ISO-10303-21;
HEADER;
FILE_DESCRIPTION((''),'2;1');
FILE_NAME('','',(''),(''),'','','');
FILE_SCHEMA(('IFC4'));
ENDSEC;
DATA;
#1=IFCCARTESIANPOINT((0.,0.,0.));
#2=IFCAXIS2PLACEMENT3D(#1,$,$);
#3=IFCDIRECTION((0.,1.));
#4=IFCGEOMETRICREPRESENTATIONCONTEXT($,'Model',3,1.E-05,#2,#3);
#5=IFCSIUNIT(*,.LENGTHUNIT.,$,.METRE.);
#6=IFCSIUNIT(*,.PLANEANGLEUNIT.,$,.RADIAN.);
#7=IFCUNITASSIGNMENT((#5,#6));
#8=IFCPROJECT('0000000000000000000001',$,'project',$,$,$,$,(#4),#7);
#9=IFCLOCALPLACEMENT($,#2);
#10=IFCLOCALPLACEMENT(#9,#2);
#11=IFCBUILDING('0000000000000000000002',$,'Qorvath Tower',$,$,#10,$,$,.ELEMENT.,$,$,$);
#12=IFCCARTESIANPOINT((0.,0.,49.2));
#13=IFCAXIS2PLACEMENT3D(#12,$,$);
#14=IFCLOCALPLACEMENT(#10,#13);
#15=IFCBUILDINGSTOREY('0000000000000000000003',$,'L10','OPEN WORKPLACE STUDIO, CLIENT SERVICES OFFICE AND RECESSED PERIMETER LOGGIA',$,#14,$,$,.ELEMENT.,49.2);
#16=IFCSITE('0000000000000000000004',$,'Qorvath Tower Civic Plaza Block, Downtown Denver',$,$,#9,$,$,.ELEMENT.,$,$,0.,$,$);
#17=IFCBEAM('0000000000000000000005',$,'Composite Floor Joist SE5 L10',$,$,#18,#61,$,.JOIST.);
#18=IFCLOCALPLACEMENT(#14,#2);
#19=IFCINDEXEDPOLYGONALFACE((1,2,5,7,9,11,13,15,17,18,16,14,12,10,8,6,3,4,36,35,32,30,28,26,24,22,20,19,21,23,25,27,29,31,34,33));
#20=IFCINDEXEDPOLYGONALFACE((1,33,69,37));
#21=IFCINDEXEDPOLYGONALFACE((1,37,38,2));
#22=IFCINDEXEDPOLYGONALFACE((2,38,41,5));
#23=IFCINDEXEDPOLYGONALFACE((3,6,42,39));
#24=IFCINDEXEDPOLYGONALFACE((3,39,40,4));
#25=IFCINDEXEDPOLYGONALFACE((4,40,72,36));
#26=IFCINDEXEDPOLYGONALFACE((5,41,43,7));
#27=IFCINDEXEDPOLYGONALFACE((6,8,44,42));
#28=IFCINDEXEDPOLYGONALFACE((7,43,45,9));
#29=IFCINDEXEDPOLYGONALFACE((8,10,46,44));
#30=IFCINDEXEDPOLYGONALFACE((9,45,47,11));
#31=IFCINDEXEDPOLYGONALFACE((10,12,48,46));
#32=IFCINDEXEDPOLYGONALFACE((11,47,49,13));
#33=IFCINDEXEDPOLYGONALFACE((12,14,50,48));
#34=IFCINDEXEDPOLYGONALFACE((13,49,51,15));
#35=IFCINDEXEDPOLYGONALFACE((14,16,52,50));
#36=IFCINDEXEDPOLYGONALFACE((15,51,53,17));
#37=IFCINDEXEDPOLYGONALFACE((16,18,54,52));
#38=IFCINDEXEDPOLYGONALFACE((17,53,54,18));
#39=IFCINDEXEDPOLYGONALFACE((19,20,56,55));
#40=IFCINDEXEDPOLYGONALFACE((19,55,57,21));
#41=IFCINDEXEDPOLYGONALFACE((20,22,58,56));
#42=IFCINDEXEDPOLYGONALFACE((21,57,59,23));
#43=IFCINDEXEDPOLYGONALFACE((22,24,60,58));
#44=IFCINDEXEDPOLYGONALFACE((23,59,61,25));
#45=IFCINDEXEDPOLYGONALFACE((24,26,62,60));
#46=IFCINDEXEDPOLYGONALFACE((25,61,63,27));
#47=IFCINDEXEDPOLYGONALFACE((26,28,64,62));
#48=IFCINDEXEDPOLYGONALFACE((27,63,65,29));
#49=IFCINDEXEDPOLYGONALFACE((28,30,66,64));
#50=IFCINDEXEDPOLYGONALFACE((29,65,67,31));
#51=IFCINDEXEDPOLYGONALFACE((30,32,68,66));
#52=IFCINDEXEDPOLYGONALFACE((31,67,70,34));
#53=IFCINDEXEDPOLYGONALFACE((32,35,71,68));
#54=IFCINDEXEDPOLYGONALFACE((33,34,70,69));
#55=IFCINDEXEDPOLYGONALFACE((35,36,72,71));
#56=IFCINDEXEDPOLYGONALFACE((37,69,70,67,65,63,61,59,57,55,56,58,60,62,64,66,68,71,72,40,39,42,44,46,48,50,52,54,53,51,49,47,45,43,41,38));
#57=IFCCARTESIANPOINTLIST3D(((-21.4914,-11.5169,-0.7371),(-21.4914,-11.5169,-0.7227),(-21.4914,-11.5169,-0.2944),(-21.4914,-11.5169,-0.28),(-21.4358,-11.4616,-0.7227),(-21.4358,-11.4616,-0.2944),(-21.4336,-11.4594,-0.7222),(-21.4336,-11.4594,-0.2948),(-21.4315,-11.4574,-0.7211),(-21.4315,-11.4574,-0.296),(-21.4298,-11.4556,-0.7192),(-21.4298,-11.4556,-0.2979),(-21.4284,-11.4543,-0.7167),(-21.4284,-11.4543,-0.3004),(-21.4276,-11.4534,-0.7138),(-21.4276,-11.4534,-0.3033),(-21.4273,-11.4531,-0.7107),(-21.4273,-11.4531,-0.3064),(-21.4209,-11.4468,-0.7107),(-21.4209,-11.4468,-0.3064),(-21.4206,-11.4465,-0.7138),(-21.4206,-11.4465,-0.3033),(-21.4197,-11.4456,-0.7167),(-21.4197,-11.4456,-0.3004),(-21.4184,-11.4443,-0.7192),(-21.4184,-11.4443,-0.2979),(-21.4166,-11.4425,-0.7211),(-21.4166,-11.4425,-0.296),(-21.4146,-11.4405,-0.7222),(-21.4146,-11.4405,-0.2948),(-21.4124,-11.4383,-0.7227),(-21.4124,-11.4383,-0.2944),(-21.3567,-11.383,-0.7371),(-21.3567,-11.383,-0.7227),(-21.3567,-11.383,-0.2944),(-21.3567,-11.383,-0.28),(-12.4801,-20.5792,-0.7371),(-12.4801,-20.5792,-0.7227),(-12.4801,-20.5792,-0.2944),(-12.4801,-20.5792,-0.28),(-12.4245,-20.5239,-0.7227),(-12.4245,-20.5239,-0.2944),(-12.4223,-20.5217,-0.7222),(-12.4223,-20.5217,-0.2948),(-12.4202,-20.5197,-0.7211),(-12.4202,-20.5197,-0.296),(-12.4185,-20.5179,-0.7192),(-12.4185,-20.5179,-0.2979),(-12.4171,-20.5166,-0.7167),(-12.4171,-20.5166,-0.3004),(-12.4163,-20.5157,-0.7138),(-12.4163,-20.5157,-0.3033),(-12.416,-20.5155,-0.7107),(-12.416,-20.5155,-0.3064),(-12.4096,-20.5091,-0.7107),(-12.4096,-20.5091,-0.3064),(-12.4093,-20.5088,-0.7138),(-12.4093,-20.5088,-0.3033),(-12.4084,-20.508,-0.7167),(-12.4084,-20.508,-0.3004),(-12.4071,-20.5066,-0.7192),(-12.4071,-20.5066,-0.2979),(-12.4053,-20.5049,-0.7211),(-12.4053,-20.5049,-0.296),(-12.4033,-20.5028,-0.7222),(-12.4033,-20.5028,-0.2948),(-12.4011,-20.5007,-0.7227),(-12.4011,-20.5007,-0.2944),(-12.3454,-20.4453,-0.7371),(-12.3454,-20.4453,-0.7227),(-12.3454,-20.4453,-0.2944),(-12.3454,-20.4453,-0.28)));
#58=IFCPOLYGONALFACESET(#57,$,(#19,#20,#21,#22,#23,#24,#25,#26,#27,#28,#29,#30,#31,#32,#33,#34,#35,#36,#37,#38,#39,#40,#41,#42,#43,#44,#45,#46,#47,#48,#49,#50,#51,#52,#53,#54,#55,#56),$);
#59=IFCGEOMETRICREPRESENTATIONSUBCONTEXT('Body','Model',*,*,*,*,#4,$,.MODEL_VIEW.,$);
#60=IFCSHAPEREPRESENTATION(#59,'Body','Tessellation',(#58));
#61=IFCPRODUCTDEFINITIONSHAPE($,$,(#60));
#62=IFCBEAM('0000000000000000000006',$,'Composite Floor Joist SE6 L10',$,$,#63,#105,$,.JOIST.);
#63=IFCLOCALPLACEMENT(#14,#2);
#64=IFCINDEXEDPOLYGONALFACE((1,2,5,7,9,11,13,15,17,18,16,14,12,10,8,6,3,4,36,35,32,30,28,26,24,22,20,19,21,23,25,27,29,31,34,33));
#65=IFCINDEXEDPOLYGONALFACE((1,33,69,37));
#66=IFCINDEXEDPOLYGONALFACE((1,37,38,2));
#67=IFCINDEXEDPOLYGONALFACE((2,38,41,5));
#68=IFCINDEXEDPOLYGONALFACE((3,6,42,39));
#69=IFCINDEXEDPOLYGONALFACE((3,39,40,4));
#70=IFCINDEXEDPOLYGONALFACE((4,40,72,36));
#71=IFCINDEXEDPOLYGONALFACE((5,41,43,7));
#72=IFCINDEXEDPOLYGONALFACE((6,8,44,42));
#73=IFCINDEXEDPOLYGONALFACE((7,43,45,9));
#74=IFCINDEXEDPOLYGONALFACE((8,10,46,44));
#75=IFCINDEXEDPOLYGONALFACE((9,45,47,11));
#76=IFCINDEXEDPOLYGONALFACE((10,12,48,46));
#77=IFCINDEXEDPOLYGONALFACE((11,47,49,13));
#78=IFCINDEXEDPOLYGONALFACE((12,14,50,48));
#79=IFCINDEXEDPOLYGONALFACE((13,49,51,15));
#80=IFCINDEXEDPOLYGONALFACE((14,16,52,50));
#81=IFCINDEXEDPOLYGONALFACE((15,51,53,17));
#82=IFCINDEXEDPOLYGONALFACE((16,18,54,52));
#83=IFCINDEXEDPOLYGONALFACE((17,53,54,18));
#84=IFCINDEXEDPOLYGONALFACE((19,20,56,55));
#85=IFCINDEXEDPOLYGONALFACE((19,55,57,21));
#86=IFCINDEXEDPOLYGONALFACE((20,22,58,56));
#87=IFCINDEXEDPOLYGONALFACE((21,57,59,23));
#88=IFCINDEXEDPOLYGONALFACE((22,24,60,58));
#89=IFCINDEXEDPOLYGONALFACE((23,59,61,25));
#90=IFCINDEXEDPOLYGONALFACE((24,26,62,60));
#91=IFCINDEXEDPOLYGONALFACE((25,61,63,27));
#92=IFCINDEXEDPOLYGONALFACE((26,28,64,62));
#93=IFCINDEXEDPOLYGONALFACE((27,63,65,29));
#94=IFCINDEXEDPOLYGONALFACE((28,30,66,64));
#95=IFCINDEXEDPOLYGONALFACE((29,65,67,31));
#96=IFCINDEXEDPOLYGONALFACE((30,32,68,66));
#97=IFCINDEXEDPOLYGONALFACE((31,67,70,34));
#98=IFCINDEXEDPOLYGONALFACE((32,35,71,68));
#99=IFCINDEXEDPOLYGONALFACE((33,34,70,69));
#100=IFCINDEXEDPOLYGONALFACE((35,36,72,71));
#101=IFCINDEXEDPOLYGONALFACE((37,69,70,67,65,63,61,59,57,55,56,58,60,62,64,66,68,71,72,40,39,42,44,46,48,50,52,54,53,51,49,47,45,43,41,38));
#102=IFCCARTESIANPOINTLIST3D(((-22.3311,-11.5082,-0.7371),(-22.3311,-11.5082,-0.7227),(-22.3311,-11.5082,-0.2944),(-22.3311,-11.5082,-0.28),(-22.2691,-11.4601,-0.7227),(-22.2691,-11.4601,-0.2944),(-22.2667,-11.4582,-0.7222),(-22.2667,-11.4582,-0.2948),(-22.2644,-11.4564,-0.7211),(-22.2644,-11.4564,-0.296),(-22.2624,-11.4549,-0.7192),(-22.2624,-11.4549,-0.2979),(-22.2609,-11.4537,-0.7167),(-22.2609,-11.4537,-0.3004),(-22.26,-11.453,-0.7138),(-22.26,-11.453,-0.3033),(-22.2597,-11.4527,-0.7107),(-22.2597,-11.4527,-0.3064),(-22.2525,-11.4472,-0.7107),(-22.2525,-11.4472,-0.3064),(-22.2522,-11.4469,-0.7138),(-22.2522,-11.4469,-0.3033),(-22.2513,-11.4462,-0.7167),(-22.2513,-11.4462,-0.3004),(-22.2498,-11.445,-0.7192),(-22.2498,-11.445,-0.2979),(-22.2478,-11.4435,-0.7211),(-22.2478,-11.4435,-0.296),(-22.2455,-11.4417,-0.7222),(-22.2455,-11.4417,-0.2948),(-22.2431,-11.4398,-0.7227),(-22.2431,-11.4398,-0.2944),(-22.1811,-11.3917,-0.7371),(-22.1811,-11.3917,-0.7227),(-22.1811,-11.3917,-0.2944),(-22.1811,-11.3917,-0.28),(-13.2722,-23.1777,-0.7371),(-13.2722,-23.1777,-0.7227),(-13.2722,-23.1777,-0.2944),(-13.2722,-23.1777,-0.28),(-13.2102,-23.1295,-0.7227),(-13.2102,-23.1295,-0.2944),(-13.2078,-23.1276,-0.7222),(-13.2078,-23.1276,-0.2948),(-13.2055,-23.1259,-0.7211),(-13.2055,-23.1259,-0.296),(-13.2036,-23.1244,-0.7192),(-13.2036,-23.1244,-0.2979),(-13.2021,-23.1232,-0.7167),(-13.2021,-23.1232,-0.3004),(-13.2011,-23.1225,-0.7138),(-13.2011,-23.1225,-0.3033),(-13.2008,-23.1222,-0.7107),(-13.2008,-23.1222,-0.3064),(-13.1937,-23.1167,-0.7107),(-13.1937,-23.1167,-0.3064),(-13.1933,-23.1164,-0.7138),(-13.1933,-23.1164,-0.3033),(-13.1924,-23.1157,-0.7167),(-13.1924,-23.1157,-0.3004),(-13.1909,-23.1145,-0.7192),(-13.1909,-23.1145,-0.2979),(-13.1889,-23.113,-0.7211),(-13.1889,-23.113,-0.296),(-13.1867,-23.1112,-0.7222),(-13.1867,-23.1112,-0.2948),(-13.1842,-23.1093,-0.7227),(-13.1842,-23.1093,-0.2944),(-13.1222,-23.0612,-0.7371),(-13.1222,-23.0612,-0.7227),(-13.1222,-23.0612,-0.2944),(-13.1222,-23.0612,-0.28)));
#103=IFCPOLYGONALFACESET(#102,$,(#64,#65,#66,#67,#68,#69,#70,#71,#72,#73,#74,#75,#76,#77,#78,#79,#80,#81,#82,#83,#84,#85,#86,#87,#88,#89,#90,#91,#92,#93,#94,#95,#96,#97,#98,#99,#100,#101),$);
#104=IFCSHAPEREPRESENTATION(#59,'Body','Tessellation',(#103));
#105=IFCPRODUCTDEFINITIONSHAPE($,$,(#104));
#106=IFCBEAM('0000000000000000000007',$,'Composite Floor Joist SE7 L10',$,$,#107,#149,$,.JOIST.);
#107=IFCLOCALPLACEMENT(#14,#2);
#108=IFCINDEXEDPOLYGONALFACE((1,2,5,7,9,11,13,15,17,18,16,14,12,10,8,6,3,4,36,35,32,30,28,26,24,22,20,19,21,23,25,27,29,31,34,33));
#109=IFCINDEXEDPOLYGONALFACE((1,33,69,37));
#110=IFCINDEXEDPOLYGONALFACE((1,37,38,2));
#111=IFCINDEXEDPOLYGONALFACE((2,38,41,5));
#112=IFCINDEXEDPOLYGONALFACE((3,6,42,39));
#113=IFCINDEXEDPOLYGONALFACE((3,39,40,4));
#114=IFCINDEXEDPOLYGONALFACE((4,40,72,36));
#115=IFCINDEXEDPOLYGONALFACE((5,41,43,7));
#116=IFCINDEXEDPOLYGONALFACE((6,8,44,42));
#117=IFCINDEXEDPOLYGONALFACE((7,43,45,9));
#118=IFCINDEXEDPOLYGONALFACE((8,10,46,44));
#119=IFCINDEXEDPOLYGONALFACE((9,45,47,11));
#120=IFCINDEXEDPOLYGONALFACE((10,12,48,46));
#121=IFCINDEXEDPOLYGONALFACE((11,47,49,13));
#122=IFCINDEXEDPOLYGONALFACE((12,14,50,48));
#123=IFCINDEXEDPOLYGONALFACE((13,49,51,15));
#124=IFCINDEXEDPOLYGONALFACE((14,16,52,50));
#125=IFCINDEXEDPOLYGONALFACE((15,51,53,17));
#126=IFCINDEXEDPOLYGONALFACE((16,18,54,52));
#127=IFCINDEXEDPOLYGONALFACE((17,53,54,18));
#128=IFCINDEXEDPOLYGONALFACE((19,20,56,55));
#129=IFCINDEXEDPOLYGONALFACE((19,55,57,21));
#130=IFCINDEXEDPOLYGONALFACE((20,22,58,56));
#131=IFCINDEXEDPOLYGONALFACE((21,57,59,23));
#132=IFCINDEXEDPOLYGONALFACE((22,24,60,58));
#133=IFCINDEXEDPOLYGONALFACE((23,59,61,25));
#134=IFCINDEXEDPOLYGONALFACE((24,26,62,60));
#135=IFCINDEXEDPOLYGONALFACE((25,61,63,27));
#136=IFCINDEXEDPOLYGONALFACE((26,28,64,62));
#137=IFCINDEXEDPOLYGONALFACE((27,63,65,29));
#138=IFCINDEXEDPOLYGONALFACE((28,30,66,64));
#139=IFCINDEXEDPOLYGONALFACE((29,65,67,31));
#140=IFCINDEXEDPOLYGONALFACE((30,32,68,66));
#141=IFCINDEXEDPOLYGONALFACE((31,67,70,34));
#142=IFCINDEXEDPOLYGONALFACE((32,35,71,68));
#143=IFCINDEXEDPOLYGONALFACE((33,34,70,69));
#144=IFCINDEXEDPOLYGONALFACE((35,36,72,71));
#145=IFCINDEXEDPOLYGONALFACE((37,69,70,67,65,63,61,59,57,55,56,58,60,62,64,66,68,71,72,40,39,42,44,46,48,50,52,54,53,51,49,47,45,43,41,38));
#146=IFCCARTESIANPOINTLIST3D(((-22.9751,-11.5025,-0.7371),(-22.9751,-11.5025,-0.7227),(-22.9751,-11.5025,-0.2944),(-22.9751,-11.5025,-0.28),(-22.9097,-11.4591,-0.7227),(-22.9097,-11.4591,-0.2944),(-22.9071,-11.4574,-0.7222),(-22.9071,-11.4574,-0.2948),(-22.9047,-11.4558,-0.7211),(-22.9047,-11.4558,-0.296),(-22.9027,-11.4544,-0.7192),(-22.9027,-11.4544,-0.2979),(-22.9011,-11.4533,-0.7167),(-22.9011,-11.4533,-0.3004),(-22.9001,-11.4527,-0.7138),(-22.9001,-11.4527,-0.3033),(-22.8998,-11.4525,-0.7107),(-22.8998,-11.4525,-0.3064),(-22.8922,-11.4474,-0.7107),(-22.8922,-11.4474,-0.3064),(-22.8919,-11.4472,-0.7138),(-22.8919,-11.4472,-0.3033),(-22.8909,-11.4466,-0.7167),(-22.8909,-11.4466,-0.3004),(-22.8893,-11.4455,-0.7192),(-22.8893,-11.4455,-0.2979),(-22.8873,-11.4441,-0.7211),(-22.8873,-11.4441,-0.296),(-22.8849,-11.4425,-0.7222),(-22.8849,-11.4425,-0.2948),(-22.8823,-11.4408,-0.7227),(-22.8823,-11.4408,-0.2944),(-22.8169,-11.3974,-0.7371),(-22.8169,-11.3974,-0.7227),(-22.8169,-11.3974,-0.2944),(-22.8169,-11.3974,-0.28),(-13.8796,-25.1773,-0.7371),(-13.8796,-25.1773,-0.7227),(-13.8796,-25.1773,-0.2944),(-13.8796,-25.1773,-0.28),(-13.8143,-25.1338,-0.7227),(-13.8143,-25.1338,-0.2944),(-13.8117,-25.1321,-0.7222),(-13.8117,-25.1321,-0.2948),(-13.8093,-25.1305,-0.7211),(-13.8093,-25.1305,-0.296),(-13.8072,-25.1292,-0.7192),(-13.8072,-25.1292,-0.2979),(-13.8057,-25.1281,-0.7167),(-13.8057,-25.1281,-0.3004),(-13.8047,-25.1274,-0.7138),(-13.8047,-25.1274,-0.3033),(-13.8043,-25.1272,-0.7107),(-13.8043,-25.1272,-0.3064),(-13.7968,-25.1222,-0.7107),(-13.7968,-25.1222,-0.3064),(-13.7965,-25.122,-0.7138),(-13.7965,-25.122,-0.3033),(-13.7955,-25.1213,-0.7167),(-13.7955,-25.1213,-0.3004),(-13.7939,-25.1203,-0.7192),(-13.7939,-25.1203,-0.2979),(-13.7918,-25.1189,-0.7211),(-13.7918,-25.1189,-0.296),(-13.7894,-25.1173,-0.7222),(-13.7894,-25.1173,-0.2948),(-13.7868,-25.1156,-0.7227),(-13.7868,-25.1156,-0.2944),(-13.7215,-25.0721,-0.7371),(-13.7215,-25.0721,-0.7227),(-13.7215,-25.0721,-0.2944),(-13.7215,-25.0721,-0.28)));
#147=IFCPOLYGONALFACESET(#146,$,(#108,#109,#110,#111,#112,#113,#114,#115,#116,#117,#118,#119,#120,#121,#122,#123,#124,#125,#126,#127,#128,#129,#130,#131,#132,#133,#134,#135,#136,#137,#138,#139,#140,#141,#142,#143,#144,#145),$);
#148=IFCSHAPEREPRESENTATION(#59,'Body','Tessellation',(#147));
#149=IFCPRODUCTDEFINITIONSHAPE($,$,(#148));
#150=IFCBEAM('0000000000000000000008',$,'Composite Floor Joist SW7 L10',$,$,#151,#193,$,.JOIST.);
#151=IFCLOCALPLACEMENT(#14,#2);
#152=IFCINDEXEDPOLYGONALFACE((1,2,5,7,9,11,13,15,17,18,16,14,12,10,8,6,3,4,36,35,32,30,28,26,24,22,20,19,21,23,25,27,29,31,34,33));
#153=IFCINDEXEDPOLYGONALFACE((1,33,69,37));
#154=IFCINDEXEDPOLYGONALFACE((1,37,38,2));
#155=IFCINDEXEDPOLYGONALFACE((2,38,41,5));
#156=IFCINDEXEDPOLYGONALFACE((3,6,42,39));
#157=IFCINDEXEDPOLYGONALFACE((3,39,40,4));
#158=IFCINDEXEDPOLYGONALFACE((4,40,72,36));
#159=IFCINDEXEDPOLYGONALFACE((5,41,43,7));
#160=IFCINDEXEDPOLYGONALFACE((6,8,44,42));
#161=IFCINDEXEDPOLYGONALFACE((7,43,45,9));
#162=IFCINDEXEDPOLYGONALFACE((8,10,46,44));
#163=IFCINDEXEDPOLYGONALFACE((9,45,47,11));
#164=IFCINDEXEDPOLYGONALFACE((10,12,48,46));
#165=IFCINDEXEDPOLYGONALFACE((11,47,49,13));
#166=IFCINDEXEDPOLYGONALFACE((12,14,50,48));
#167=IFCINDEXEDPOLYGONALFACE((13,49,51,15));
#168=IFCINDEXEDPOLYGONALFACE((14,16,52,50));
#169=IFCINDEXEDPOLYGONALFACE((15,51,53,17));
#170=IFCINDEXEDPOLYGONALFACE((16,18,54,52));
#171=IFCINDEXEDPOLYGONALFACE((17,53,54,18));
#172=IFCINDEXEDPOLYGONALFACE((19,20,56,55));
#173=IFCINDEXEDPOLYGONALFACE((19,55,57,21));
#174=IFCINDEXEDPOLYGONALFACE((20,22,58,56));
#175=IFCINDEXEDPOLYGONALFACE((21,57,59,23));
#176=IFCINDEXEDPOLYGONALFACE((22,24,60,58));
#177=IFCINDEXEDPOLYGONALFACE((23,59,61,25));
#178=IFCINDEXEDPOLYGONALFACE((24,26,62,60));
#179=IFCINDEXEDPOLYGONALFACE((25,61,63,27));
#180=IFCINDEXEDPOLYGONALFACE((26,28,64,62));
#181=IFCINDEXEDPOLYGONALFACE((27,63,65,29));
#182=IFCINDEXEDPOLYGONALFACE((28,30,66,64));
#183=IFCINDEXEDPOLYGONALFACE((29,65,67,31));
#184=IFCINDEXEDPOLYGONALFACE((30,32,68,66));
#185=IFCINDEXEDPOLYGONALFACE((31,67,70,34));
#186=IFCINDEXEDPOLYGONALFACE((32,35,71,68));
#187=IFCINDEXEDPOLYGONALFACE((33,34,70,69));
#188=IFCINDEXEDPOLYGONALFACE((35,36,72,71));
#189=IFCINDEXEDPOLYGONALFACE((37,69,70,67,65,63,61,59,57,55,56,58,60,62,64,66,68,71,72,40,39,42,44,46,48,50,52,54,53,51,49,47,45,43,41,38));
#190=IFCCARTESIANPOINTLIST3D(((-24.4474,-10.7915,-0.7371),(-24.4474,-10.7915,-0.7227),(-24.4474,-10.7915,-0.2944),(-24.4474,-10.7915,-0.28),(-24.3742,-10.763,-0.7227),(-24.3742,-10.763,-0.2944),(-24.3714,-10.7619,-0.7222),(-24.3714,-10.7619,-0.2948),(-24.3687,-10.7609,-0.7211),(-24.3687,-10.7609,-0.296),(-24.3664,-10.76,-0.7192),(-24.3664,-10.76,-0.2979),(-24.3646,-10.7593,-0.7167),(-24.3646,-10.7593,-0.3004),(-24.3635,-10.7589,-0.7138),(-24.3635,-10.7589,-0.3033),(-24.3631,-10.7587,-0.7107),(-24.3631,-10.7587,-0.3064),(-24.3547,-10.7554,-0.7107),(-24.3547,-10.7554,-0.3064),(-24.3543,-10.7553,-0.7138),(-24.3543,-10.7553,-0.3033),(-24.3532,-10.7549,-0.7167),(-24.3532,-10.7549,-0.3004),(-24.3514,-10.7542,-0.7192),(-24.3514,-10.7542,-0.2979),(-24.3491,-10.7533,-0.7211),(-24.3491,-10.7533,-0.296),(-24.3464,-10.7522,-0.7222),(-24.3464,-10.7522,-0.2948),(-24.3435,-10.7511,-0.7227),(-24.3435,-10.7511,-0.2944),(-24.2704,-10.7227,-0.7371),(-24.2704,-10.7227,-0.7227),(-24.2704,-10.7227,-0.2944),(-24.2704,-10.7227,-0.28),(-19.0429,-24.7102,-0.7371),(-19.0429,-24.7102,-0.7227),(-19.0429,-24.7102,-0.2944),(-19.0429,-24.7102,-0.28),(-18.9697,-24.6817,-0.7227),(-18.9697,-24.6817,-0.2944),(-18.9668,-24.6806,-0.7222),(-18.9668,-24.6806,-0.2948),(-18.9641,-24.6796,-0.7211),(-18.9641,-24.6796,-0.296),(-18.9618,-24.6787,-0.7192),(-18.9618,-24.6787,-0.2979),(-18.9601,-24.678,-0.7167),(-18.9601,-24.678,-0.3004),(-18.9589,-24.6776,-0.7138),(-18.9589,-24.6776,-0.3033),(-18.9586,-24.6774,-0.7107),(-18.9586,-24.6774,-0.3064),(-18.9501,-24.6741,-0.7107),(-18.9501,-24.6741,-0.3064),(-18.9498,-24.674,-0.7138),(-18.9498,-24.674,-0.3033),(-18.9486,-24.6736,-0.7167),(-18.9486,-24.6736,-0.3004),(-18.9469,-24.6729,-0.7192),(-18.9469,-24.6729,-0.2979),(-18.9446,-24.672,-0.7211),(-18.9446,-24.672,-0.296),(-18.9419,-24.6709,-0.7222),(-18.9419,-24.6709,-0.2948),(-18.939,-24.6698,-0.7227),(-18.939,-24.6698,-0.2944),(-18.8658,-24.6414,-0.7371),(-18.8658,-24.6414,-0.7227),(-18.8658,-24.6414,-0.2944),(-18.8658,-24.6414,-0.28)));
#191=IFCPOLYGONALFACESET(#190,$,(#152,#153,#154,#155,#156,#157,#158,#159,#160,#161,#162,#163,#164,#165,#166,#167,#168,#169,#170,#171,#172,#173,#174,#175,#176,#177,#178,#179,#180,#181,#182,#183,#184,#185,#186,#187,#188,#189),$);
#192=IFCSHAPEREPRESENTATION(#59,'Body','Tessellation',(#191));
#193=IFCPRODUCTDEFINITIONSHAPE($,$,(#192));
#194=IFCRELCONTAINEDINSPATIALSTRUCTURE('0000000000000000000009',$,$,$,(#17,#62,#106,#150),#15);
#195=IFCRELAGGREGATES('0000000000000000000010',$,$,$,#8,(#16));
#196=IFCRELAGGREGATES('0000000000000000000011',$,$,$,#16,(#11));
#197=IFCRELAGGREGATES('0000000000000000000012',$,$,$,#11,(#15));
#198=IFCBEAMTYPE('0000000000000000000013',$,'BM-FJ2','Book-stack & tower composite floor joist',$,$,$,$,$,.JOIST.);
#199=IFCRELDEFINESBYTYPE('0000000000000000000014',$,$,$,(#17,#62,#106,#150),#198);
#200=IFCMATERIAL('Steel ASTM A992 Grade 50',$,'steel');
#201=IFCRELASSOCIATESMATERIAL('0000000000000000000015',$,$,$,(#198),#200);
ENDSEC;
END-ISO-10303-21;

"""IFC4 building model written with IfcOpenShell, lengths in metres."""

from ifc_helpers import new_model, si_unit, direction, frame, origin, origin_2d, place, context, subcontext, project, spatial, i_section, extrude, material, material_profile, profile_set, type_object, element, save


model = new_model("IFC4")

# Units and contexts
model_context = context("Model", 3, precision=1e-05, world=origin(), true_north=direction((0.0, 1.0)))
body_context = subcontext(model_context, "Body", "Model", "MODEL_VIEW")
ifc_project = project(units=[si_unit("LENGTHUNIT", "METRE"), si_unit("PLANEANGLEUNIT", "RADIAN")], contexts=[model_context])

# Site, building, storey
site_placement = place(None, origin())
site = spatial("IfcSite", under=ifc_project, at=site_placement, Name="Qorvath Tower Civic Plaza Block, Downtown Denver", CompositionType="ELEMENT", RefElevation=0.0)
building_placement = place(site_placement, origin())
building = spatial("IfcBuilding", under=site, at=building_placement, Name="Qorvath Tower", CompositionType="ELEMENT")
storey_placement = place(building_placement, frame((0.0, 0.0, 49.2)))
storey = spatial("IfcBuildingStorey", under=building, at=storey_placement, Name="L10", Description="OPEN WORKPLACE STUDIO, CLIENT SERVICES OFFICE AND RECESSED PERIMETER LOGGIA", CompositionType="ELEMENT", Elevation=49.2)

# Beams
ifc_material_1 = material(Name="Steel ASTM A992 Grade 50", Category="steel")
ifc_material_profile_1 = material_profile(ifc_material_1, i_section(OverallWidth=0.1899, OverallDepth=0.457, WebThickness=0.009, FlangeThickness=0.0144, FilletRadius=0.012, at=origin_2d()), Name="W18x50")
ifc_profile_set_1 = profile_set([ifc_material_profile_1], Name="Steel ASTM A992 Grade 50")
beam_type_1 = type_object("IfcBeamType", Name="BM-FJ2", Description="Book-stack & tower composite floor joist", PredefinedType="JOIST", material=ifc_profile_set_1)
beam_1_placement = place(storey_placement, frame((-21.4241, -11.45, -0.5085), z_axis=(0.705108, -0.7091, 0.0), x_axis=(0.7091, 0.705108, 0.0)))
element("IfcBeam", 1, at=beam_1_placement, inside=storey, type_object=beam_type_1, Name="Composite Floor Joist SE5 L10", PredefinedType="JOIST", context=body_context, shape_type="SweptSolid", body=[
    extrude(i_section(OverallWidth=0.1899, OverallDepth=0.457, WebThickness=0.009, FlangeThickness=0.0144, FilletRadius=0.012, at=origin_2d()), origin(), (0.0, 0.0, 1.0), 12.78),
])
beam_2_placement = place(storey_placement, frame((-22.2561, -11.45, -0.5085), z_axis=(0.613207, -0.789922, 0.0), x_axis=(0.789922, 0.613207, 0.0)))
element("IfcBeam", 2, at=beam_2_placement, inside=storey, type_object=beam_type_1, Name="Composite Floor Joist SE6 L10", PredefinedType="JOIST", context=body_context, shape_type="SweptSolid", body=[
    extrude(i_section(OverallWidth=0.1899, OverallDepth=0.457, WebThickness=0.009, FlangeThickness=0.0144, FilletRadius=0.012, at=origin_2d()), origin(), (0.0, 0.0, 1.0), 14.7729),
])
beam_3_placement = place(storey_placement, frame((-22.896, -11.45, -0.5085), z_axis=(0.553811, -0.832642, 0.0), x_axis=(0.832642, 0.553811, 0.0)))
element("IfcBeam", 3, at=beam_3_placement, inside=storey, type_object=beam_type_1, Name="Composite Floor Joist SE7 L10", PredefinedType="JOIST", context=body_context, shape_type="SweptSolid", body=[
    extrude(i_section(OverallWidth=0.1899, OverallDepth=0.457, WebThickness=0.009, FlangeThickness=0.0144, FilletRadius=0.012, at=origin_2d()), origin(), (0.0, 0.0, 1.0), 16.4233),
])
beam_4_placement = place(storey_placement, frame((-24.3589, -10.7571, -0.5085), z_axis=(0.361964, -0.932192, 0.0), x_axis=(0.932192, 0.361964, 0.0)))
element("IfcBeam", 4, at=beam_4_placement, inside=storey, type_object=beam_type_1, Name="Composite Floor Joist SW7 L10", PredefinedType="JOIST", context=body_context, shape_type="SweptSolid", body=[
    extrude(i_section(OverallWidth=0.1899, OverallDepth=0.457, WebThickness=0.009, FlangeThickness=0.0144, FilletRadius=0.012, at=origin_2d()), origin(), (0.0, 0.0, 1.0), 14.9312),
])

save(model, "model.ifc")
